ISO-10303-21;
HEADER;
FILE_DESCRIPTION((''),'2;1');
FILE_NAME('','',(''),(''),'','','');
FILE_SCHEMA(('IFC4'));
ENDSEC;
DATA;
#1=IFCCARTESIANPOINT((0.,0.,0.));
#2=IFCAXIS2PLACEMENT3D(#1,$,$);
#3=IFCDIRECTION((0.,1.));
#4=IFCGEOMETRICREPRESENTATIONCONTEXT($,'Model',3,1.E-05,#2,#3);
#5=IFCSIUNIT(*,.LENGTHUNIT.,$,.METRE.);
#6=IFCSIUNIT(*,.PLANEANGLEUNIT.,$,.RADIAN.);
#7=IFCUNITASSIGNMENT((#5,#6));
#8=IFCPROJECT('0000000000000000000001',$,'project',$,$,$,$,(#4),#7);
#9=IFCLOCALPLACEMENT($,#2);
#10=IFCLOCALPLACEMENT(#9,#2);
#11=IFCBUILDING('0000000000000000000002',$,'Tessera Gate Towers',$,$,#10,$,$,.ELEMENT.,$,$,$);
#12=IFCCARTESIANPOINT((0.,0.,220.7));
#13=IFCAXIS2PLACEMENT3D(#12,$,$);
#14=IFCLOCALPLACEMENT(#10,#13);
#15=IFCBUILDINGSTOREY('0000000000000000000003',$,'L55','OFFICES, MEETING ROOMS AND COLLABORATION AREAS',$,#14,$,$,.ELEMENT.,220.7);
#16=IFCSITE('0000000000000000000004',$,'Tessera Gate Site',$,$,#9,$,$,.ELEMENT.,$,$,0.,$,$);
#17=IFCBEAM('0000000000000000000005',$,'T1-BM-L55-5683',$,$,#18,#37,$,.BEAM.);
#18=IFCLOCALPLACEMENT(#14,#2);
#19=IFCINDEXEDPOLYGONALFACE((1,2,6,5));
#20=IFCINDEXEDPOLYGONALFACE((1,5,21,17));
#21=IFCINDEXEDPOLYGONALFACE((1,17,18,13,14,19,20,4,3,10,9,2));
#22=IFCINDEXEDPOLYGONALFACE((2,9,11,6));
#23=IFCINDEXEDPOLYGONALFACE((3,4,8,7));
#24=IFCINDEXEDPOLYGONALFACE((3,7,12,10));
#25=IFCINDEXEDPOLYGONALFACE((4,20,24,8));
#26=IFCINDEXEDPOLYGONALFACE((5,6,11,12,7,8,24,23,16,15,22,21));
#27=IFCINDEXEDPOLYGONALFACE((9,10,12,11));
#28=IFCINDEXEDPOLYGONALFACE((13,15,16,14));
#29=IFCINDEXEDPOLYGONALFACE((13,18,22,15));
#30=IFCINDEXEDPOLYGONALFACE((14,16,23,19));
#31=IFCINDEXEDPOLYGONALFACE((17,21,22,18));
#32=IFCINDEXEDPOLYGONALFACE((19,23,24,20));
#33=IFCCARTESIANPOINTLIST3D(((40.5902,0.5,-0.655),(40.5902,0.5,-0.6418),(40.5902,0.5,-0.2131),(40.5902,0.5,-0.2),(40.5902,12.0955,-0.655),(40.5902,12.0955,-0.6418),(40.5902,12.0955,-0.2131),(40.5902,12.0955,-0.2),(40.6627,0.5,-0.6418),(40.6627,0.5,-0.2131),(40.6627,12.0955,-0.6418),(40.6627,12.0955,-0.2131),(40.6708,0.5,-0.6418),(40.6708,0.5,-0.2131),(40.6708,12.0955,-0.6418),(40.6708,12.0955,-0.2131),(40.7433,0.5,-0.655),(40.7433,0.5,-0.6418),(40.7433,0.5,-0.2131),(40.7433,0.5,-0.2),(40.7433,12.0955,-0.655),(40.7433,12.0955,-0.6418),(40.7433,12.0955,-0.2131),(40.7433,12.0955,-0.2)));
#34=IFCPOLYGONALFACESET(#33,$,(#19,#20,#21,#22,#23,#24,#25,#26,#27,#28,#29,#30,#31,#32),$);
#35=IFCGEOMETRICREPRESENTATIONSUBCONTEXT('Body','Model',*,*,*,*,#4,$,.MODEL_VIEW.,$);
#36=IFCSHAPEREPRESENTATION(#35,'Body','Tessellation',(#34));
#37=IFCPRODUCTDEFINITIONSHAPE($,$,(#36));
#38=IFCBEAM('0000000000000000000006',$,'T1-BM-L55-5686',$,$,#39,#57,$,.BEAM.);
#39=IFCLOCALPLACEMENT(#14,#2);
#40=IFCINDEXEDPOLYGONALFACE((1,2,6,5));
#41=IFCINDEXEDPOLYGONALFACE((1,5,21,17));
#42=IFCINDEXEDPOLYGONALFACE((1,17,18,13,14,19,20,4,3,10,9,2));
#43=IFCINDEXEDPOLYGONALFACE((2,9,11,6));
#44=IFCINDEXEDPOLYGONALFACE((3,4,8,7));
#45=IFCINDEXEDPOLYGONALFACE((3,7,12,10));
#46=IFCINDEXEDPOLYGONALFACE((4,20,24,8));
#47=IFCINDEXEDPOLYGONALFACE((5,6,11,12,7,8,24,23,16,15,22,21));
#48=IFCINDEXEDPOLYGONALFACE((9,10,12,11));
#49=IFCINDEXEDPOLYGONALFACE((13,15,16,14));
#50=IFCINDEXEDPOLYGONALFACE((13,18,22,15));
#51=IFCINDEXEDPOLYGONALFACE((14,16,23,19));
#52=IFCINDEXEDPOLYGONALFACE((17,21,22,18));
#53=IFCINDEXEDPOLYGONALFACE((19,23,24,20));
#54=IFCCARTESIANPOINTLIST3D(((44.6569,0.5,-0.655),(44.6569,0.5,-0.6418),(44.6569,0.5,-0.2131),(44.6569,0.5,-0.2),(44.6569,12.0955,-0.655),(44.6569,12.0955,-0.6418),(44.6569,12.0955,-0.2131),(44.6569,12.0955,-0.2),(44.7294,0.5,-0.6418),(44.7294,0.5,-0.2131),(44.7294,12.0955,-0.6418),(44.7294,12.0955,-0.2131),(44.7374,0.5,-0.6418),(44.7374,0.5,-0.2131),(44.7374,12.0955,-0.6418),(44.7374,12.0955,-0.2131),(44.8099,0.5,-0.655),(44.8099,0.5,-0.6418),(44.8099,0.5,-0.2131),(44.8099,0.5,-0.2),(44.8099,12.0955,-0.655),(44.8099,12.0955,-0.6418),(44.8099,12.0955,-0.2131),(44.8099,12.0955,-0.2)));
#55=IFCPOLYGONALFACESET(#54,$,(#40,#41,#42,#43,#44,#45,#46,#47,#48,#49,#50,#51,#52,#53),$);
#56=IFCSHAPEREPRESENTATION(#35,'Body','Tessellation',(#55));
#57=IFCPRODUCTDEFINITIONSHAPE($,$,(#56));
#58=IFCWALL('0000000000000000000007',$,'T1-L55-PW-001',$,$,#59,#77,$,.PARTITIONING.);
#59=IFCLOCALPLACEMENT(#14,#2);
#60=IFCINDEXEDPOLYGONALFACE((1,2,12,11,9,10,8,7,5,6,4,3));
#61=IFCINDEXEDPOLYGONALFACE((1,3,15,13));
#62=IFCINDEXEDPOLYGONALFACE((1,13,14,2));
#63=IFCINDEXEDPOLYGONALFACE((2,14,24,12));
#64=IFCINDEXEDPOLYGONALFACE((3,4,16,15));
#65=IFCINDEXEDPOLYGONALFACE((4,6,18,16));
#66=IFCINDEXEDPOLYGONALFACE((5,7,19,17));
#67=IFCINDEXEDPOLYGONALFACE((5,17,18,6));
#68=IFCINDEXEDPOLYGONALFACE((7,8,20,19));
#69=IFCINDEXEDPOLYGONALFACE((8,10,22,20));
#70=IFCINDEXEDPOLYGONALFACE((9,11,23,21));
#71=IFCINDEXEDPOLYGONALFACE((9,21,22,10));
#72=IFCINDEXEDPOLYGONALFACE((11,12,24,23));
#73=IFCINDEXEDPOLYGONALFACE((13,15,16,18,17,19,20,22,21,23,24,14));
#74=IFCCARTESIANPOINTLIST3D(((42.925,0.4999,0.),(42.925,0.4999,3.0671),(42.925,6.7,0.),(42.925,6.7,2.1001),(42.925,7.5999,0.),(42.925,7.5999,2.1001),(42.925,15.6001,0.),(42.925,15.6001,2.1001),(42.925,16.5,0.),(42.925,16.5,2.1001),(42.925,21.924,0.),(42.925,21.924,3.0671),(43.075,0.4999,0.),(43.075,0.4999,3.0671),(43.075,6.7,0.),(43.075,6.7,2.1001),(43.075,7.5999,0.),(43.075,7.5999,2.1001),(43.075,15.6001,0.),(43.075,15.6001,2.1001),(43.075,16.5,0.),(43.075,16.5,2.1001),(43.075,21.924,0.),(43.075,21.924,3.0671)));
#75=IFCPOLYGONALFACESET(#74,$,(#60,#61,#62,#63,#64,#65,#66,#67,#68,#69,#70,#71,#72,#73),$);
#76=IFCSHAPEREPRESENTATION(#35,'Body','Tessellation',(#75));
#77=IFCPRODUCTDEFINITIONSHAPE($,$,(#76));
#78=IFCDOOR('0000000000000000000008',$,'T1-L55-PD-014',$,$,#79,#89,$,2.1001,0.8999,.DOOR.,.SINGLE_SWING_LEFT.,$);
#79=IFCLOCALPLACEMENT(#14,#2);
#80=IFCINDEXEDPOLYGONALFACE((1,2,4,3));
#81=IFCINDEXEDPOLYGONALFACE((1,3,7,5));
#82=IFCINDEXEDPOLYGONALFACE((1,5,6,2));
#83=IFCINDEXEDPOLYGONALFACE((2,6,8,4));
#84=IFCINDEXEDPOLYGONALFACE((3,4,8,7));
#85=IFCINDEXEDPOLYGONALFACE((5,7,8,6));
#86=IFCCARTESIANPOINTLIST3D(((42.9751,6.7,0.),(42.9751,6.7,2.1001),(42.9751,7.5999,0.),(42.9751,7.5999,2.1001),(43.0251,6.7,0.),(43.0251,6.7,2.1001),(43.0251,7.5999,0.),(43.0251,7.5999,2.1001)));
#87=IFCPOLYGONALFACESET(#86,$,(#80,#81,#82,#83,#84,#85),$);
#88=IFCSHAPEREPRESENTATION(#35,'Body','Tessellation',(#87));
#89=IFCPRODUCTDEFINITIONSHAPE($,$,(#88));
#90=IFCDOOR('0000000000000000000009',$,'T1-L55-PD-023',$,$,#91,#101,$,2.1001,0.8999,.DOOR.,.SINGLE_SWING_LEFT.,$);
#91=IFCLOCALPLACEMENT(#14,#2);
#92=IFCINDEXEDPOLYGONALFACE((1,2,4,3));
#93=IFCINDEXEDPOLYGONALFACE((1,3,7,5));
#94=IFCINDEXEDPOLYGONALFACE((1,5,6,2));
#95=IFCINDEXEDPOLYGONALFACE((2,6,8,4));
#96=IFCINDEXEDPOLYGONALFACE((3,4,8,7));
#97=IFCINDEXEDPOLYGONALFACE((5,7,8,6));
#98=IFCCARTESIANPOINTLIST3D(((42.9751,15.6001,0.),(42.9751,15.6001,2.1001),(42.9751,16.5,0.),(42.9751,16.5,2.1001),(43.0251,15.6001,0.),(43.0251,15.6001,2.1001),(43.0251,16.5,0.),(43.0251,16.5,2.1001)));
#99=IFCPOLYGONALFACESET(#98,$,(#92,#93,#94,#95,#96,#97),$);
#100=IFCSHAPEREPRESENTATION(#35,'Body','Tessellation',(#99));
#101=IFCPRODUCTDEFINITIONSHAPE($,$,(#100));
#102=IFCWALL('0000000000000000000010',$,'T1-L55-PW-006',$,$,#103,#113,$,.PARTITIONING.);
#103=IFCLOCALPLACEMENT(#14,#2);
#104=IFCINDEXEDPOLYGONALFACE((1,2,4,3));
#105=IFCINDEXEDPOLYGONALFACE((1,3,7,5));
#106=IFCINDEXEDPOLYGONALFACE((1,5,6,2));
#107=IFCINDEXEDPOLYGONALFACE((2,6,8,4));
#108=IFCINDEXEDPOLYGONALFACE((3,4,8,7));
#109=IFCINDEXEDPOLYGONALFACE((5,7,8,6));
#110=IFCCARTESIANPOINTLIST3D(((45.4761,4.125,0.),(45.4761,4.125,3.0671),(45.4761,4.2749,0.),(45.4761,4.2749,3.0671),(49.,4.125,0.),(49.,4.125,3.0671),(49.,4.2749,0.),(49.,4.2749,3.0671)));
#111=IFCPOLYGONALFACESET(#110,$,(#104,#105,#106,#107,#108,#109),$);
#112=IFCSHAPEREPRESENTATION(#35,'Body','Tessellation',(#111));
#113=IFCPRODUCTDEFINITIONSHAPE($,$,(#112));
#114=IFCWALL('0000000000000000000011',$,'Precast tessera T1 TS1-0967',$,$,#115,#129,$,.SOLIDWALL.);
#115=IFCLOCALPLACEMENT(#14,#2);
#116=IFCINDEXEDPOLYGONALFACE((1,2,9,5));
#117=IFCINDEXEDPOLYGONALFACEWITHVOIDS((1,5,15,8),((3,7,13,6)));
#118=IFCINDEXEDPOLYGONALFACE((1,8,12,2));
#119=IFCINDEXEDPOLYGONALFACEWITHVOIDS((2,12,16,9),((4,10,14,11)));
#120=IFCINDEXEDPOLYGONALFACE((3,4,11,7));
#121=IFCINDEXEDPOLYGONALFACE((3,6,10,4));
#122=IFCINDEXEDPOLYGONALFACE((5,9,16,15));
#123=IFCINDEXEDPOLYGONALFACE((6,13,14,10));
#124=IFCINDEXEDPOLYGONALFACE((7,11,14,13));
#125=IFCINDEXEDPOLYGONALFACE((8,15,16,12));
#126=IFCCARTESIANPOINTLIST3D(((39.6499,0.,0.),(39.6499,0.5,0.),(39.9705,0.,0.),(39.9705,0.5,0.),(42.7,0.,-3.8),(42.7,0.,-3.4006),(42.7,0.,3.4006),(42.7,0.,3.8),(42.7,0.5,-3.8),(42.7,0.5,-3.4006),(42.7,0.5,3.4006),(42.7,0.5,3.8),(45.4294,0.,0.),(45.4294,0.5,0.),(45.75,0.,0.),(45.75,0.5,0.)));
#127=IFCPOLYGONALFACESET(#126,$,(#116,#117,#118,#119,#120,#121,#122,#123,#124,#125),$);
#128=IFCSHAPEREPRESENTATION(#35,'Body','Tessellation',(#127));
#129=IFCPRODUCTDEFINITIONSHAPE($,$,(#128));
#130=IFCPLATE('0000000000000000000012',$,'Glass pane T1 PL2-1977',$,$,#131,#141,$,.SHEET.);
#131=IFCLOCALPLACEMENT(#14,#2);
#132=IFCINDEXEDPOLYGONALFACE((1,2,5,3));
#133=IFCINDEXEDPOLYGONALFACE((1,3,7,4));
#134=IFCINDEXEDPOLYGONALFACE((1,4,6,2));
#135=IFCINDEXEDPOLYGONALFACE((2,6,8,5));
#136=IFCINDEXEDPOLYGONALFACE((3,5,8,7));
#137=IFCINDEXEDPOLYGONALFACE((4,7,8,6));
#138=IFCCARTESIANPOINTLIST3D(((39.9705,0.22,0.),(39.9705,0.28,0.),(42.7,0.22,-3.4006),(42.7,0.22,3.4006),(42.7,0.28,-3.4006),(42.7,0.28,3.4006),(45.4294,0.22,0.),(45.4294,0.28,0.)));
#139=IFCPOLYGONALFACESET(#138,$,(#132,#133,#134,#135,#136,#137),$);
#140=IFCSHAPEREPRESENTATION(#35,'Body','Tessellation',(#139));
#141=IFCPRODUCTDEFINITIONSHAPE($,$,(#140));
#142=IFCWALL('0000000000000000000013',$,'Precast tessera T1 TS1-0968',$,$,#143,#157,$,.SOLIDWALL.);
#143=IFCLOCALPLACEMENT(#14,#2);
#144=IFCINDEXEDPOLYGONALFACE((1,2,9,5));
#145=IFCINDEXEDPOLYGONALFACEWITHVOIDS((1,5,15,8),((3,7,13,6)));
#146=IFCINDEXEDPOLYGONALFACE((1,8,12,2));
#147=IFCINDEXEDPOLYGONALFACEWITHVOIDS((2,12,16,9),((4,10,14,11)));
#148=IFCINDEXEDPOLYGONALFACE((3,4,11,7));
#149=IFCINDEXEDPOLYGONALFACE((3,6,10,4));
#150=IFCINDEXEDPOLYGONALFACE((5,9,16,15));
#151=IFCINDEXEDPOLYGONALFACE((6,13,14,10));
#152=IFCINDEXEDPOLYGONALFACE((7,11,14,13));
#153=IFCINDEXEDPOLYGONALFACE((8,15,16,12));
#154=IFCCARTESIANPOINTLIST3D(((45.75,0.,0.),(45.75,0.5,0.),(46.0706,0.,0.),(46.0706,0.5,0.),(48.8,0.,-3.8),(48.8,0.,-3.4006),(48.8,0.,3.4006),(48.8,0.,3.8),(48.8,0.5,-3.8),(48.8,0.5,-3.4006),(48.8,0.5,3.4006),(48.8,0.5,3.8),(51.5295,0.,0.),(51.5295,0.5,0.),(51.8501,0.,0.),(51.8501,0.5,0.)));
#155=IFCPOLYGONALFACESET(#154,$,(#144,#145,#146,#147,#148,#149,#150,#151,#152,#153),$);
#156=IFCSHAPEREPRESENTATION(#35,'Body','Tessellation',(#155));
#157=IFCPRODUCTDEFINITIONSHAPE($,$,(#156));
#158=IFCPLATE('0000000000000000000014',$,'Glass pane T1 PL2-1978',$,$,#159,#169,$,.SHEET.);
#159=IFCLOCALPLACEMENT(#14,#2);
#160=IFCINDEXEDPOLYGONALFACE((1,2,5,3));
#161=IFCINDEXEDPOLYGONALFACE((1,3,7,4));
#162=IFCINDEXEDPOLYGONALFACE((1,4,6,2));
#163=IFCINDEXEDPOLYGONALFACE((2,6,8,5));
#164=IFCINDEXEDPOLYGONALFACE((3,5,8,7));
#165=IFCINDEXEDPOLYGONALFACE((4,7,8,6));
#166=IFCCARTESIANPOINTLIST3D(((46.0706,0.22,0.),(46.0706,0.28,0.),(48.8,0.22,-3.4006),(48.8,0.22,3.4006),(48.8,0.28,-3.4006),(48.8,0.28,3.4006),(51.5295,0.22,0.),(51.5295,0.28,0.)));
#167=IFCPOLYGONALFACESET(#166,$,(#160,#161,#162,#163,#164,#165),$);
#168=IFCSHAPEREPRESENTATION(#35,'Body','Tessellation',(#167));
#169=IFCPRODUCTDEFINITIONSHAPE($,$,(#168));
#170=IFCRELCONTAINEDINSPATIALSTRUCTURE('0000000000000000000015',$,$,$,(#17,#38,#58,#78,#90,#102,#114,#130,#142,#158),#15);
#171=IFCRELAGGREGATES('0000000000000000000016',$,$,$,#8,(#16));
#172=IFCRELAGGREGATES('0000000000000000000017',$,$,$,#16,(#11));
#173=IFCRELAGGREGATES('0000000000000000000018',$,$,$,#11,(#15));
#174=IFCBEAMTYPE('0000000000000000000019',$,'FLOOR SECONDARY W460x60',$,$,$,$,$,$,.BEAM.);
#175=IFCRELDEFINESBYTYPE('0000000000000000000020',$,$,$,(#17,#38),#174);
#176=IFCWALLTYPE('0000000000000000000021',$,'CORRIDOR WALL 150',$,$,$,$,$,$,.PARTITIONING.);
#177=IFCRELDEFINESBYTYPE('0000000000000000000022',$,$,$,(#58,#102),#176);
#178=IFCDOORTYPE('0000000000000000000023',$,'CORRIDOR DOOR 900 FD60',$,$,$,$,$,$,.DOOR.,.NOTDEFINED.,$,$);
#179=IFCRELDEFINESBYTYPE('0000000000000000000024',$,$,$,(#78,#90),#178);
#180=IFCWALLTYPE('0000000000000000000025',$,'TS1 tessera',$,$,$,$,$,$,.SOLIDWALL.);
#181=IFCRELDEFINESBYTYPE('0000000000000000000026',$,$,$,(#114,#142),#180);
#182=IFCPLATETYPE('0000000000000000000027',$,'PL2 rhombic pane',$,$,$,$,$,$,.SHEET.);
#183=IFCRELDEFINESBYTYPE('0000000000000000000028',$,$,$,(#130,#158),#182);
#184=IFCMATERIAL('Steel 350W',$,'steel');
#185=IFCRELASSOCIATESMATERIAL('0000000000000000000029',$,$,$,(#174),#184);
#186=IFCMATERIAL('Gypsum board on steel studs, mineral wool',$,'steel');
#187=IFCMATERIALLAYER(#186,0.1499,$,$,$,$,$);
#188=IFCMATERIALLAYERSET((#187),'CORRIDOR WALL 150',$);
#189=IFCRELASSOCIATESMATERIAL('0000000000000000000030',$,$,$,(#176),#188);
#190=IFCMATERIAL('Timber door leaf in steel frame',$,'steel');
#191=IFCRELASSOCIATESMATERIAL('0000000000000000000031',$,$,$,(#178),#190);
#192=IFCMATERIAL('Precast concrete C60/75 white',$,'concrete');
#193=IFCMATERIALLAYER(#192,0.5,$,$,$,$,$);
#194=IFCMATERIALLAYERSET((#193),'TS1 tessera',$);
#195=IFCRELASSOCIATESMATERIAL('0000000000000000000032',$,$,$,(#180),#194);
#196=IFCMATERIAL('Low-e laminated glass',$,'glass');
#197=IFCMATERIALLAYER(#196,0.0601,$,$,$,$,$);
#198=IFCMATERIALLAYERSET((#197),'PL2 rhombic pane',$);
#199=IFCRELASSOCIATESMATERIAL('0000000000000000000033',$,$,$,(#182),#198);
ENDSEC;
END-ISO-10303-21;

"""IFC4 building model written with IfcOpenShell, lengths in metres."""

from ifc_helpers import new_model, si_unit, direction, frame, frame_2d, origin, origin_2d, place, context, subcontext, project, spatial, polyline, rectangle, i_section, outline, extrude, source, transform, mapped, material, layer, layer_set, material_profile, profile_set, type_object, element, fill, save


model = new_model("IFC4")

# Units and contexts
model_context = context("Model", 3, precision=1e-05, world=origin(), true_north=direction((0.0, 1.0)))
body_context = subcontext(model_context, "Body", "Model", "MODEL_VIEW")
ifc_project = project(units=[si_unit("LENGTHUNIT", "METRE"), si_unit("PLANEANGLEUNIT", "RADIAN")], contexts=[model_context])

# Site, building, storey
site_placement = place(None, origin())
site = spatial("IfcSite", under=ifc_project, at=site_placement, Name="Tessera Gate Site", CompositionType="ELEMENT", RefElevation=0.0)
building_placement = place(site_placement, origin())
building = spatial("IfcBuilding", under=site, at=building_placement, Name="Tessera Gate Towers", CompositionType="ELEMENT")
storey_placement = place(building_placement, frame((0.0, 0.0, 220.7)))
storey = spatial("IfcBuildingStorey", under=building, at=storey_placement, Name="L55", Description="OFFICES, MEETING ROOMS AND COLLABORATION AREAS", CompositionType="ELEMENT", Elevation=220.7)

# Beams
ifc_material_1 = material(Name="Steel 350W", Category="steel")
ifc_material_profile_1 = material_profile(ifc_material_1, i_section(OverallWidth=0.1531, OverallDepth=0.4551, WebThickness=0.0081, FlangeThickness=0.0132, at=origin_2d()), Name="W460x60")
ifc_profile_set_1 = profile_set([ifc_material_profile_1], Name="Steel 350W")
beam_type_1 = type_object("IfcBeamType", Name="FLOOR SECONDARY W460x60", PredefinedType="BEAM", material=ifc_profile_set_1)
for number, where, z_axis, x_axis, name in (
    (1, (40.6667, 0.5, -0.4275), (0.0, 1.0, 0.0), (-1.0, 0.0, 0.0), "T1-BM-L55-5683"),
    (2, (44.7334, 0.5, -0.4275), (0.0, 1.0, 0.0), (-1.0, 0.0, 0.0), "T1-BM-L55-5686"),
):
    element("IfcBeam", number, at=place(storey_placement, frame(where, z_axis=z_axis, x_axis=x_axis)), inside=storey, type_object=beam_type_1, Name=name, PredefinedType="BEAM", context=body_context, shape_type="SweptSolid", body=[
        extrude(i_section(OverallWidth=0.1531, OverallDepth=0.4551, WebThickness=0.0081, FlangeThickness=0.0132, at=origin_2d()), origin(), (0.0, 0.0, 1.0), 11.5955),
    ])

# Wall, openings, doors
ifc_material_2 = material(Name="Gypsum board on steel studs, mineral wool", Category="steel")
ifc_layer_1 = layer(ifc_material_2, 0.1499)
ifc_layer_set_1 = layer_set([ifc_layer_1], Name="CORRIDOR WALL 150")
wall_type_1 = type_object("IfcWallType", Name="CORRIDOR WALL 150", PredefinedType="PARTITIONING", material=ifc_layer_set_1)
wall_1_placement = place(storey_placement, frame((43.0, 0.5, 0.0), z_axis=(0.0, 0.0, 1.0), x_axis=(0.0, 1.0, 0.0)))
wall_1 = element("IfcWall", 3, at=wall_1_placement, inside=storey, type_object=wall_type_1, Name="T1-L55-PW-001", PredefinedType="PARTITIONING", context=body_context, shape_type="SweptSolid", body=[
    extrude(rectangle(XDim=21.4241, YDim=0.1499, at=frame_2d((10.7119, 0.0))), origin(), (0.0, 0.0, 1.0), 3.0671),
])
shared_shape_1 = source(origin(), body_context, "Body", "SweptSolid", [
    extrude(rectangle(XDim=0.8999, YDim=2.1001, at=frame_2d((0.45, 1.05))), frame((0.0, 0.085, 0.0), z_axis=(0.0, -1.0, 0.0), x_axis=(1.0, 0.0, 0.0)), (0.0, 0.0, 1.0), 0.1699),
])
opening_1_placement = place(wall_1_placement, frame((6.2, 0.0, 0.0)))
opening_1 = element("IfcOpeningElement", 4, at=opening_1_placement, cuts=wall_1, PredefinedType="OPENING", context=body_context, shape_type="MappedRepresentation", body=[
    mapped(shared_shape_1, transform((0.0, 0.0, 0.0), scale=1.0)),
])
opening_2_placement = place(wall_1_placement, frame((15.1001, 0.0, 0.0)))
opening_2 = element("IfcOpeningElement", 5, at=opening_2_placement, cuts=wall_1, PredefinedType="OPENING", context=body_context, shape_type="MappedRepresentation", body=[
    mapped(shared_shape_1, transform((0.0, 0.0, 0.0), scale=1.0)),
])
ifc_material_3 = material(Name="Timber door leaf in steel frame", Category="steel")
door_type = type_object("IfcDoorType", Name="CORRIDOR DOOR 900 FD60", OperationType="NOTDEFINED", PredefinedType="DOOR", material=ifc_material_3)
shared_shape_2 = source(origin(), body_context, "Body", "SweptSolid", [
    extrude(rectangle(XDim=0.8999, YDim=2.1001, at=frame_2d((0.45, 1.05))), frame((0.0, 0.0249, 0.0), z_axis=(0.0, -1.0, 0.0), x_axis=(1.0, 0.0, 0.0)), (0.0, 0.0, 1.0), 0.05),
])
door_1_placement = place(opening_1_placement, origin())
door_1 = element("IfcDoor", 6, at=door_1_placement, inside=storey, type_object=door_type, Name="T1-L55-PD-014", OperationType="SINGLE_SWING_LEFT", OverallHeight=2.1001, OverallWidth=0.8999, PredefinedType="DOOR", context=body_context, shape_type="MappedRepresentation", body=[
    mapped(shared_shape_2, transform((0.0, 0.0, 0.0), scale=1.0)),
])
fill(opening_1, door_1)
door_2_placement = place(opening_2_placement, origin())
door_2 = element("IfcDoor", 7, at=door_2_placement, inside=storey, type_object=door_type, Name="T1-L55-PD-023", OperationType="SINGLE_SWING_LEFT", OverallHeight=2.1001, OverallWidth=0.8999, PredefinedType="DOOR", context=body_context, shape_type="MappedRepresentation", body=[
    mapped(shared_shape_2, transform((0.0, 0.0, 0.0), scale=1.0)),
])
fill(opening_2, door_2)

# Wall
wall_2_placement = place(storey_placement, frame((45.4761, 4.2, 0.0), z_axis=(0.0, 0.0, 1.0), x_axis=(1.0, 0.0, 0.0)))
element("IfcWall", 8, at=wall_2_placement, inside=storey, type_object=wall_type_1, Name="T1-L55-PW-006", PredefinedType="PARTITIONING", context=body_context, shape_type="SweptSolid", body=[
    extrude(rectangle(XDim=3.5239, YDim=0.1499, at=frame_2d((1.762, 0.0))), origin(), (0.0, 0.0, 1.0), 3.0671),
])

# Walls, openings, plates
ifc_material_4 = material(Name="Precast concrete C60/75 white", Category="concrete")
ifc_layer_2 = layer(ifc_material_4, 0.5)
ifc_layer_set_2 = layer_set([ifc_layer_2], Name="TS1 tessera")
wall_type_2 = type_object("IfcWallType", Name="TS1 tessera", PredefinedType="SOLIDWALL", material=ifc_layer_set_2)
shared_shape_3 = source(origin(), body_context, "Body", "SweptSolid", [
    extrude(outline(polyline([(3.05, 0.0), (6.1001, 3.8), (3.05, 7.6001), (0.0, 3.8), (3.05, 0.0)])), frame((0.0, 0.25, 0.0), z_axis=(0.0, -1.0, 0.0), x_axis=(1.0, 0.0, 0.0)), (0.0, 0.0, 1.0), 0.5),
])
wall_3_placement = place(storey_placement, frame((39.6499, 0.25, -3.8), z_axis=(0.0, 0.0, 1.0), x_axis=(1.0, 0.0, 0.0)))
wall_3 = element("IfcWall", 9, at=wall_3_placement, inside=storey, type_object=wall_type_2, Name="Precast tessera T1 TS1-0967", PredefinedType="SOLIDWALL", context=body_context, shape_type="MappedRepresentation", body=[
    mapped(shared_shape_3, transform((0.0, 0.0, 0.0), scale=1.0)),
])
shared_shape_4 = source(origin(), body_context, "Body", "SweptSolid", [
    extrude(outline(polyline([(3.05, 0.3994), (5.7795, 3.8), (3.05, 7.2007), (0.3206, 3.8), (3.05, 0.3994)])), frame((0.0, 0.26, 0.0), z_axis=(0.0, -1.0, 0.0), x_axis=(1.0, 0.0, 0.0)), (0.0, 0.0, 1.0), 0.52),
])
opening_3_placement = place(wall_3_placement, origin())
opening_3 = element("IfcOpeningElement", 10, at=opening_3_placement, cuts=wall_3, PredefinedType="OPENING", context=body_context, shape_type="MappedRepresentation", body=[
    mapped(shared_shape_4, transform((0.0, 0.0, 0.0), scale=1.0)),
])
ifc_material_5 = material(Name="Low-e laminated glass", Category="glass")
ifc_layer_3 = layer(ifc_material_5, 0.0601)
ifc_layer_set_3 = layer_set([ifc_layer_3], Name="PL2 rhombic pane")
plate_type = type_object("IfcPlateType", Name="PL2 rhombic pane", PredefinedType="SHEET", material=ifc_layer_set_3)
shared_shape_5 = source(origin(), body_context, "Body", "SweptSolid", [
    extrude(outline(polyline([(3.05, 0.3994), (5.7795, 3.8), (3.05, 7.2007), (0.3206, 3.8), (3.05, 0.3994)])), frame((0.0, 0.03, 0.0), z_axis=(0.0, -1.0, 0.0), x_axis=(1.0, 0.0, 0.0)), (0.0, 0.0, 1.0), 0.0601),
])
plate_1_placement = place(opening_3_placement, origin())
plate_1 = element("IfcPlate", 11, at=plate_1_placement, inside=storey, type_object=plate_type, Name="Glass pane T1 PL2-1977", PredefinedType="SHEET", context=body_context, shape_type="MappedRepresentation", body=[
    mapped(shared_shape_5, transform((0.0, 0.0, 0.0), scale=1.0)),
])
fill(opening_3, plate_1)
wall_4_placement = place(storey_placement, frame((45.75, 0.25, -3.8), z_axis=(0.0, 0.0, 1.0), x_axis=(1.0, 0.0, 0.0)))
wall_4 = element("IfcWall", 12, at=wall_4_placement, inside=storey, type_object=wall_type_2, Name="Precast tessera T1 TS1-0968", PredefinedType="SOLIDWALL", context=body_context, shape_type="MappedRepresentation", body=[
    mapped(shared_shape_3, transform((0.0, 0.0, 0.0), scale=1.0)),
])
opening_4_placement = place(wall_4_placement, origin())
opening_4 = element("IfcOpeningElement", 13, at=opening_4_placement, cuts=wall_4, PredefinedType="OPENING", context=body_context, shape_type="MappedRepresentation", body=[
    mapped(shared_shape_4, transform((0.0, 0.0, 0.0), scale=1.0)),
])
plate_2_placement = place(opening_4_placement, origin())
plate_2 = element("IfcPlate", 14, at=plate_2_placement, inside=storey, type_object=plate_type, Name="Glass pane T1 PL2-1978", PredefinedType="SHEET", context=body_context, shape_type="MappedRepresentation", body=[
    mapped(shared_shape_5, transform((0.0, 0.0, 0.0), scale=1.0)),
])
fill(opening_4, plate_2)

save(model, "model.ifc")
